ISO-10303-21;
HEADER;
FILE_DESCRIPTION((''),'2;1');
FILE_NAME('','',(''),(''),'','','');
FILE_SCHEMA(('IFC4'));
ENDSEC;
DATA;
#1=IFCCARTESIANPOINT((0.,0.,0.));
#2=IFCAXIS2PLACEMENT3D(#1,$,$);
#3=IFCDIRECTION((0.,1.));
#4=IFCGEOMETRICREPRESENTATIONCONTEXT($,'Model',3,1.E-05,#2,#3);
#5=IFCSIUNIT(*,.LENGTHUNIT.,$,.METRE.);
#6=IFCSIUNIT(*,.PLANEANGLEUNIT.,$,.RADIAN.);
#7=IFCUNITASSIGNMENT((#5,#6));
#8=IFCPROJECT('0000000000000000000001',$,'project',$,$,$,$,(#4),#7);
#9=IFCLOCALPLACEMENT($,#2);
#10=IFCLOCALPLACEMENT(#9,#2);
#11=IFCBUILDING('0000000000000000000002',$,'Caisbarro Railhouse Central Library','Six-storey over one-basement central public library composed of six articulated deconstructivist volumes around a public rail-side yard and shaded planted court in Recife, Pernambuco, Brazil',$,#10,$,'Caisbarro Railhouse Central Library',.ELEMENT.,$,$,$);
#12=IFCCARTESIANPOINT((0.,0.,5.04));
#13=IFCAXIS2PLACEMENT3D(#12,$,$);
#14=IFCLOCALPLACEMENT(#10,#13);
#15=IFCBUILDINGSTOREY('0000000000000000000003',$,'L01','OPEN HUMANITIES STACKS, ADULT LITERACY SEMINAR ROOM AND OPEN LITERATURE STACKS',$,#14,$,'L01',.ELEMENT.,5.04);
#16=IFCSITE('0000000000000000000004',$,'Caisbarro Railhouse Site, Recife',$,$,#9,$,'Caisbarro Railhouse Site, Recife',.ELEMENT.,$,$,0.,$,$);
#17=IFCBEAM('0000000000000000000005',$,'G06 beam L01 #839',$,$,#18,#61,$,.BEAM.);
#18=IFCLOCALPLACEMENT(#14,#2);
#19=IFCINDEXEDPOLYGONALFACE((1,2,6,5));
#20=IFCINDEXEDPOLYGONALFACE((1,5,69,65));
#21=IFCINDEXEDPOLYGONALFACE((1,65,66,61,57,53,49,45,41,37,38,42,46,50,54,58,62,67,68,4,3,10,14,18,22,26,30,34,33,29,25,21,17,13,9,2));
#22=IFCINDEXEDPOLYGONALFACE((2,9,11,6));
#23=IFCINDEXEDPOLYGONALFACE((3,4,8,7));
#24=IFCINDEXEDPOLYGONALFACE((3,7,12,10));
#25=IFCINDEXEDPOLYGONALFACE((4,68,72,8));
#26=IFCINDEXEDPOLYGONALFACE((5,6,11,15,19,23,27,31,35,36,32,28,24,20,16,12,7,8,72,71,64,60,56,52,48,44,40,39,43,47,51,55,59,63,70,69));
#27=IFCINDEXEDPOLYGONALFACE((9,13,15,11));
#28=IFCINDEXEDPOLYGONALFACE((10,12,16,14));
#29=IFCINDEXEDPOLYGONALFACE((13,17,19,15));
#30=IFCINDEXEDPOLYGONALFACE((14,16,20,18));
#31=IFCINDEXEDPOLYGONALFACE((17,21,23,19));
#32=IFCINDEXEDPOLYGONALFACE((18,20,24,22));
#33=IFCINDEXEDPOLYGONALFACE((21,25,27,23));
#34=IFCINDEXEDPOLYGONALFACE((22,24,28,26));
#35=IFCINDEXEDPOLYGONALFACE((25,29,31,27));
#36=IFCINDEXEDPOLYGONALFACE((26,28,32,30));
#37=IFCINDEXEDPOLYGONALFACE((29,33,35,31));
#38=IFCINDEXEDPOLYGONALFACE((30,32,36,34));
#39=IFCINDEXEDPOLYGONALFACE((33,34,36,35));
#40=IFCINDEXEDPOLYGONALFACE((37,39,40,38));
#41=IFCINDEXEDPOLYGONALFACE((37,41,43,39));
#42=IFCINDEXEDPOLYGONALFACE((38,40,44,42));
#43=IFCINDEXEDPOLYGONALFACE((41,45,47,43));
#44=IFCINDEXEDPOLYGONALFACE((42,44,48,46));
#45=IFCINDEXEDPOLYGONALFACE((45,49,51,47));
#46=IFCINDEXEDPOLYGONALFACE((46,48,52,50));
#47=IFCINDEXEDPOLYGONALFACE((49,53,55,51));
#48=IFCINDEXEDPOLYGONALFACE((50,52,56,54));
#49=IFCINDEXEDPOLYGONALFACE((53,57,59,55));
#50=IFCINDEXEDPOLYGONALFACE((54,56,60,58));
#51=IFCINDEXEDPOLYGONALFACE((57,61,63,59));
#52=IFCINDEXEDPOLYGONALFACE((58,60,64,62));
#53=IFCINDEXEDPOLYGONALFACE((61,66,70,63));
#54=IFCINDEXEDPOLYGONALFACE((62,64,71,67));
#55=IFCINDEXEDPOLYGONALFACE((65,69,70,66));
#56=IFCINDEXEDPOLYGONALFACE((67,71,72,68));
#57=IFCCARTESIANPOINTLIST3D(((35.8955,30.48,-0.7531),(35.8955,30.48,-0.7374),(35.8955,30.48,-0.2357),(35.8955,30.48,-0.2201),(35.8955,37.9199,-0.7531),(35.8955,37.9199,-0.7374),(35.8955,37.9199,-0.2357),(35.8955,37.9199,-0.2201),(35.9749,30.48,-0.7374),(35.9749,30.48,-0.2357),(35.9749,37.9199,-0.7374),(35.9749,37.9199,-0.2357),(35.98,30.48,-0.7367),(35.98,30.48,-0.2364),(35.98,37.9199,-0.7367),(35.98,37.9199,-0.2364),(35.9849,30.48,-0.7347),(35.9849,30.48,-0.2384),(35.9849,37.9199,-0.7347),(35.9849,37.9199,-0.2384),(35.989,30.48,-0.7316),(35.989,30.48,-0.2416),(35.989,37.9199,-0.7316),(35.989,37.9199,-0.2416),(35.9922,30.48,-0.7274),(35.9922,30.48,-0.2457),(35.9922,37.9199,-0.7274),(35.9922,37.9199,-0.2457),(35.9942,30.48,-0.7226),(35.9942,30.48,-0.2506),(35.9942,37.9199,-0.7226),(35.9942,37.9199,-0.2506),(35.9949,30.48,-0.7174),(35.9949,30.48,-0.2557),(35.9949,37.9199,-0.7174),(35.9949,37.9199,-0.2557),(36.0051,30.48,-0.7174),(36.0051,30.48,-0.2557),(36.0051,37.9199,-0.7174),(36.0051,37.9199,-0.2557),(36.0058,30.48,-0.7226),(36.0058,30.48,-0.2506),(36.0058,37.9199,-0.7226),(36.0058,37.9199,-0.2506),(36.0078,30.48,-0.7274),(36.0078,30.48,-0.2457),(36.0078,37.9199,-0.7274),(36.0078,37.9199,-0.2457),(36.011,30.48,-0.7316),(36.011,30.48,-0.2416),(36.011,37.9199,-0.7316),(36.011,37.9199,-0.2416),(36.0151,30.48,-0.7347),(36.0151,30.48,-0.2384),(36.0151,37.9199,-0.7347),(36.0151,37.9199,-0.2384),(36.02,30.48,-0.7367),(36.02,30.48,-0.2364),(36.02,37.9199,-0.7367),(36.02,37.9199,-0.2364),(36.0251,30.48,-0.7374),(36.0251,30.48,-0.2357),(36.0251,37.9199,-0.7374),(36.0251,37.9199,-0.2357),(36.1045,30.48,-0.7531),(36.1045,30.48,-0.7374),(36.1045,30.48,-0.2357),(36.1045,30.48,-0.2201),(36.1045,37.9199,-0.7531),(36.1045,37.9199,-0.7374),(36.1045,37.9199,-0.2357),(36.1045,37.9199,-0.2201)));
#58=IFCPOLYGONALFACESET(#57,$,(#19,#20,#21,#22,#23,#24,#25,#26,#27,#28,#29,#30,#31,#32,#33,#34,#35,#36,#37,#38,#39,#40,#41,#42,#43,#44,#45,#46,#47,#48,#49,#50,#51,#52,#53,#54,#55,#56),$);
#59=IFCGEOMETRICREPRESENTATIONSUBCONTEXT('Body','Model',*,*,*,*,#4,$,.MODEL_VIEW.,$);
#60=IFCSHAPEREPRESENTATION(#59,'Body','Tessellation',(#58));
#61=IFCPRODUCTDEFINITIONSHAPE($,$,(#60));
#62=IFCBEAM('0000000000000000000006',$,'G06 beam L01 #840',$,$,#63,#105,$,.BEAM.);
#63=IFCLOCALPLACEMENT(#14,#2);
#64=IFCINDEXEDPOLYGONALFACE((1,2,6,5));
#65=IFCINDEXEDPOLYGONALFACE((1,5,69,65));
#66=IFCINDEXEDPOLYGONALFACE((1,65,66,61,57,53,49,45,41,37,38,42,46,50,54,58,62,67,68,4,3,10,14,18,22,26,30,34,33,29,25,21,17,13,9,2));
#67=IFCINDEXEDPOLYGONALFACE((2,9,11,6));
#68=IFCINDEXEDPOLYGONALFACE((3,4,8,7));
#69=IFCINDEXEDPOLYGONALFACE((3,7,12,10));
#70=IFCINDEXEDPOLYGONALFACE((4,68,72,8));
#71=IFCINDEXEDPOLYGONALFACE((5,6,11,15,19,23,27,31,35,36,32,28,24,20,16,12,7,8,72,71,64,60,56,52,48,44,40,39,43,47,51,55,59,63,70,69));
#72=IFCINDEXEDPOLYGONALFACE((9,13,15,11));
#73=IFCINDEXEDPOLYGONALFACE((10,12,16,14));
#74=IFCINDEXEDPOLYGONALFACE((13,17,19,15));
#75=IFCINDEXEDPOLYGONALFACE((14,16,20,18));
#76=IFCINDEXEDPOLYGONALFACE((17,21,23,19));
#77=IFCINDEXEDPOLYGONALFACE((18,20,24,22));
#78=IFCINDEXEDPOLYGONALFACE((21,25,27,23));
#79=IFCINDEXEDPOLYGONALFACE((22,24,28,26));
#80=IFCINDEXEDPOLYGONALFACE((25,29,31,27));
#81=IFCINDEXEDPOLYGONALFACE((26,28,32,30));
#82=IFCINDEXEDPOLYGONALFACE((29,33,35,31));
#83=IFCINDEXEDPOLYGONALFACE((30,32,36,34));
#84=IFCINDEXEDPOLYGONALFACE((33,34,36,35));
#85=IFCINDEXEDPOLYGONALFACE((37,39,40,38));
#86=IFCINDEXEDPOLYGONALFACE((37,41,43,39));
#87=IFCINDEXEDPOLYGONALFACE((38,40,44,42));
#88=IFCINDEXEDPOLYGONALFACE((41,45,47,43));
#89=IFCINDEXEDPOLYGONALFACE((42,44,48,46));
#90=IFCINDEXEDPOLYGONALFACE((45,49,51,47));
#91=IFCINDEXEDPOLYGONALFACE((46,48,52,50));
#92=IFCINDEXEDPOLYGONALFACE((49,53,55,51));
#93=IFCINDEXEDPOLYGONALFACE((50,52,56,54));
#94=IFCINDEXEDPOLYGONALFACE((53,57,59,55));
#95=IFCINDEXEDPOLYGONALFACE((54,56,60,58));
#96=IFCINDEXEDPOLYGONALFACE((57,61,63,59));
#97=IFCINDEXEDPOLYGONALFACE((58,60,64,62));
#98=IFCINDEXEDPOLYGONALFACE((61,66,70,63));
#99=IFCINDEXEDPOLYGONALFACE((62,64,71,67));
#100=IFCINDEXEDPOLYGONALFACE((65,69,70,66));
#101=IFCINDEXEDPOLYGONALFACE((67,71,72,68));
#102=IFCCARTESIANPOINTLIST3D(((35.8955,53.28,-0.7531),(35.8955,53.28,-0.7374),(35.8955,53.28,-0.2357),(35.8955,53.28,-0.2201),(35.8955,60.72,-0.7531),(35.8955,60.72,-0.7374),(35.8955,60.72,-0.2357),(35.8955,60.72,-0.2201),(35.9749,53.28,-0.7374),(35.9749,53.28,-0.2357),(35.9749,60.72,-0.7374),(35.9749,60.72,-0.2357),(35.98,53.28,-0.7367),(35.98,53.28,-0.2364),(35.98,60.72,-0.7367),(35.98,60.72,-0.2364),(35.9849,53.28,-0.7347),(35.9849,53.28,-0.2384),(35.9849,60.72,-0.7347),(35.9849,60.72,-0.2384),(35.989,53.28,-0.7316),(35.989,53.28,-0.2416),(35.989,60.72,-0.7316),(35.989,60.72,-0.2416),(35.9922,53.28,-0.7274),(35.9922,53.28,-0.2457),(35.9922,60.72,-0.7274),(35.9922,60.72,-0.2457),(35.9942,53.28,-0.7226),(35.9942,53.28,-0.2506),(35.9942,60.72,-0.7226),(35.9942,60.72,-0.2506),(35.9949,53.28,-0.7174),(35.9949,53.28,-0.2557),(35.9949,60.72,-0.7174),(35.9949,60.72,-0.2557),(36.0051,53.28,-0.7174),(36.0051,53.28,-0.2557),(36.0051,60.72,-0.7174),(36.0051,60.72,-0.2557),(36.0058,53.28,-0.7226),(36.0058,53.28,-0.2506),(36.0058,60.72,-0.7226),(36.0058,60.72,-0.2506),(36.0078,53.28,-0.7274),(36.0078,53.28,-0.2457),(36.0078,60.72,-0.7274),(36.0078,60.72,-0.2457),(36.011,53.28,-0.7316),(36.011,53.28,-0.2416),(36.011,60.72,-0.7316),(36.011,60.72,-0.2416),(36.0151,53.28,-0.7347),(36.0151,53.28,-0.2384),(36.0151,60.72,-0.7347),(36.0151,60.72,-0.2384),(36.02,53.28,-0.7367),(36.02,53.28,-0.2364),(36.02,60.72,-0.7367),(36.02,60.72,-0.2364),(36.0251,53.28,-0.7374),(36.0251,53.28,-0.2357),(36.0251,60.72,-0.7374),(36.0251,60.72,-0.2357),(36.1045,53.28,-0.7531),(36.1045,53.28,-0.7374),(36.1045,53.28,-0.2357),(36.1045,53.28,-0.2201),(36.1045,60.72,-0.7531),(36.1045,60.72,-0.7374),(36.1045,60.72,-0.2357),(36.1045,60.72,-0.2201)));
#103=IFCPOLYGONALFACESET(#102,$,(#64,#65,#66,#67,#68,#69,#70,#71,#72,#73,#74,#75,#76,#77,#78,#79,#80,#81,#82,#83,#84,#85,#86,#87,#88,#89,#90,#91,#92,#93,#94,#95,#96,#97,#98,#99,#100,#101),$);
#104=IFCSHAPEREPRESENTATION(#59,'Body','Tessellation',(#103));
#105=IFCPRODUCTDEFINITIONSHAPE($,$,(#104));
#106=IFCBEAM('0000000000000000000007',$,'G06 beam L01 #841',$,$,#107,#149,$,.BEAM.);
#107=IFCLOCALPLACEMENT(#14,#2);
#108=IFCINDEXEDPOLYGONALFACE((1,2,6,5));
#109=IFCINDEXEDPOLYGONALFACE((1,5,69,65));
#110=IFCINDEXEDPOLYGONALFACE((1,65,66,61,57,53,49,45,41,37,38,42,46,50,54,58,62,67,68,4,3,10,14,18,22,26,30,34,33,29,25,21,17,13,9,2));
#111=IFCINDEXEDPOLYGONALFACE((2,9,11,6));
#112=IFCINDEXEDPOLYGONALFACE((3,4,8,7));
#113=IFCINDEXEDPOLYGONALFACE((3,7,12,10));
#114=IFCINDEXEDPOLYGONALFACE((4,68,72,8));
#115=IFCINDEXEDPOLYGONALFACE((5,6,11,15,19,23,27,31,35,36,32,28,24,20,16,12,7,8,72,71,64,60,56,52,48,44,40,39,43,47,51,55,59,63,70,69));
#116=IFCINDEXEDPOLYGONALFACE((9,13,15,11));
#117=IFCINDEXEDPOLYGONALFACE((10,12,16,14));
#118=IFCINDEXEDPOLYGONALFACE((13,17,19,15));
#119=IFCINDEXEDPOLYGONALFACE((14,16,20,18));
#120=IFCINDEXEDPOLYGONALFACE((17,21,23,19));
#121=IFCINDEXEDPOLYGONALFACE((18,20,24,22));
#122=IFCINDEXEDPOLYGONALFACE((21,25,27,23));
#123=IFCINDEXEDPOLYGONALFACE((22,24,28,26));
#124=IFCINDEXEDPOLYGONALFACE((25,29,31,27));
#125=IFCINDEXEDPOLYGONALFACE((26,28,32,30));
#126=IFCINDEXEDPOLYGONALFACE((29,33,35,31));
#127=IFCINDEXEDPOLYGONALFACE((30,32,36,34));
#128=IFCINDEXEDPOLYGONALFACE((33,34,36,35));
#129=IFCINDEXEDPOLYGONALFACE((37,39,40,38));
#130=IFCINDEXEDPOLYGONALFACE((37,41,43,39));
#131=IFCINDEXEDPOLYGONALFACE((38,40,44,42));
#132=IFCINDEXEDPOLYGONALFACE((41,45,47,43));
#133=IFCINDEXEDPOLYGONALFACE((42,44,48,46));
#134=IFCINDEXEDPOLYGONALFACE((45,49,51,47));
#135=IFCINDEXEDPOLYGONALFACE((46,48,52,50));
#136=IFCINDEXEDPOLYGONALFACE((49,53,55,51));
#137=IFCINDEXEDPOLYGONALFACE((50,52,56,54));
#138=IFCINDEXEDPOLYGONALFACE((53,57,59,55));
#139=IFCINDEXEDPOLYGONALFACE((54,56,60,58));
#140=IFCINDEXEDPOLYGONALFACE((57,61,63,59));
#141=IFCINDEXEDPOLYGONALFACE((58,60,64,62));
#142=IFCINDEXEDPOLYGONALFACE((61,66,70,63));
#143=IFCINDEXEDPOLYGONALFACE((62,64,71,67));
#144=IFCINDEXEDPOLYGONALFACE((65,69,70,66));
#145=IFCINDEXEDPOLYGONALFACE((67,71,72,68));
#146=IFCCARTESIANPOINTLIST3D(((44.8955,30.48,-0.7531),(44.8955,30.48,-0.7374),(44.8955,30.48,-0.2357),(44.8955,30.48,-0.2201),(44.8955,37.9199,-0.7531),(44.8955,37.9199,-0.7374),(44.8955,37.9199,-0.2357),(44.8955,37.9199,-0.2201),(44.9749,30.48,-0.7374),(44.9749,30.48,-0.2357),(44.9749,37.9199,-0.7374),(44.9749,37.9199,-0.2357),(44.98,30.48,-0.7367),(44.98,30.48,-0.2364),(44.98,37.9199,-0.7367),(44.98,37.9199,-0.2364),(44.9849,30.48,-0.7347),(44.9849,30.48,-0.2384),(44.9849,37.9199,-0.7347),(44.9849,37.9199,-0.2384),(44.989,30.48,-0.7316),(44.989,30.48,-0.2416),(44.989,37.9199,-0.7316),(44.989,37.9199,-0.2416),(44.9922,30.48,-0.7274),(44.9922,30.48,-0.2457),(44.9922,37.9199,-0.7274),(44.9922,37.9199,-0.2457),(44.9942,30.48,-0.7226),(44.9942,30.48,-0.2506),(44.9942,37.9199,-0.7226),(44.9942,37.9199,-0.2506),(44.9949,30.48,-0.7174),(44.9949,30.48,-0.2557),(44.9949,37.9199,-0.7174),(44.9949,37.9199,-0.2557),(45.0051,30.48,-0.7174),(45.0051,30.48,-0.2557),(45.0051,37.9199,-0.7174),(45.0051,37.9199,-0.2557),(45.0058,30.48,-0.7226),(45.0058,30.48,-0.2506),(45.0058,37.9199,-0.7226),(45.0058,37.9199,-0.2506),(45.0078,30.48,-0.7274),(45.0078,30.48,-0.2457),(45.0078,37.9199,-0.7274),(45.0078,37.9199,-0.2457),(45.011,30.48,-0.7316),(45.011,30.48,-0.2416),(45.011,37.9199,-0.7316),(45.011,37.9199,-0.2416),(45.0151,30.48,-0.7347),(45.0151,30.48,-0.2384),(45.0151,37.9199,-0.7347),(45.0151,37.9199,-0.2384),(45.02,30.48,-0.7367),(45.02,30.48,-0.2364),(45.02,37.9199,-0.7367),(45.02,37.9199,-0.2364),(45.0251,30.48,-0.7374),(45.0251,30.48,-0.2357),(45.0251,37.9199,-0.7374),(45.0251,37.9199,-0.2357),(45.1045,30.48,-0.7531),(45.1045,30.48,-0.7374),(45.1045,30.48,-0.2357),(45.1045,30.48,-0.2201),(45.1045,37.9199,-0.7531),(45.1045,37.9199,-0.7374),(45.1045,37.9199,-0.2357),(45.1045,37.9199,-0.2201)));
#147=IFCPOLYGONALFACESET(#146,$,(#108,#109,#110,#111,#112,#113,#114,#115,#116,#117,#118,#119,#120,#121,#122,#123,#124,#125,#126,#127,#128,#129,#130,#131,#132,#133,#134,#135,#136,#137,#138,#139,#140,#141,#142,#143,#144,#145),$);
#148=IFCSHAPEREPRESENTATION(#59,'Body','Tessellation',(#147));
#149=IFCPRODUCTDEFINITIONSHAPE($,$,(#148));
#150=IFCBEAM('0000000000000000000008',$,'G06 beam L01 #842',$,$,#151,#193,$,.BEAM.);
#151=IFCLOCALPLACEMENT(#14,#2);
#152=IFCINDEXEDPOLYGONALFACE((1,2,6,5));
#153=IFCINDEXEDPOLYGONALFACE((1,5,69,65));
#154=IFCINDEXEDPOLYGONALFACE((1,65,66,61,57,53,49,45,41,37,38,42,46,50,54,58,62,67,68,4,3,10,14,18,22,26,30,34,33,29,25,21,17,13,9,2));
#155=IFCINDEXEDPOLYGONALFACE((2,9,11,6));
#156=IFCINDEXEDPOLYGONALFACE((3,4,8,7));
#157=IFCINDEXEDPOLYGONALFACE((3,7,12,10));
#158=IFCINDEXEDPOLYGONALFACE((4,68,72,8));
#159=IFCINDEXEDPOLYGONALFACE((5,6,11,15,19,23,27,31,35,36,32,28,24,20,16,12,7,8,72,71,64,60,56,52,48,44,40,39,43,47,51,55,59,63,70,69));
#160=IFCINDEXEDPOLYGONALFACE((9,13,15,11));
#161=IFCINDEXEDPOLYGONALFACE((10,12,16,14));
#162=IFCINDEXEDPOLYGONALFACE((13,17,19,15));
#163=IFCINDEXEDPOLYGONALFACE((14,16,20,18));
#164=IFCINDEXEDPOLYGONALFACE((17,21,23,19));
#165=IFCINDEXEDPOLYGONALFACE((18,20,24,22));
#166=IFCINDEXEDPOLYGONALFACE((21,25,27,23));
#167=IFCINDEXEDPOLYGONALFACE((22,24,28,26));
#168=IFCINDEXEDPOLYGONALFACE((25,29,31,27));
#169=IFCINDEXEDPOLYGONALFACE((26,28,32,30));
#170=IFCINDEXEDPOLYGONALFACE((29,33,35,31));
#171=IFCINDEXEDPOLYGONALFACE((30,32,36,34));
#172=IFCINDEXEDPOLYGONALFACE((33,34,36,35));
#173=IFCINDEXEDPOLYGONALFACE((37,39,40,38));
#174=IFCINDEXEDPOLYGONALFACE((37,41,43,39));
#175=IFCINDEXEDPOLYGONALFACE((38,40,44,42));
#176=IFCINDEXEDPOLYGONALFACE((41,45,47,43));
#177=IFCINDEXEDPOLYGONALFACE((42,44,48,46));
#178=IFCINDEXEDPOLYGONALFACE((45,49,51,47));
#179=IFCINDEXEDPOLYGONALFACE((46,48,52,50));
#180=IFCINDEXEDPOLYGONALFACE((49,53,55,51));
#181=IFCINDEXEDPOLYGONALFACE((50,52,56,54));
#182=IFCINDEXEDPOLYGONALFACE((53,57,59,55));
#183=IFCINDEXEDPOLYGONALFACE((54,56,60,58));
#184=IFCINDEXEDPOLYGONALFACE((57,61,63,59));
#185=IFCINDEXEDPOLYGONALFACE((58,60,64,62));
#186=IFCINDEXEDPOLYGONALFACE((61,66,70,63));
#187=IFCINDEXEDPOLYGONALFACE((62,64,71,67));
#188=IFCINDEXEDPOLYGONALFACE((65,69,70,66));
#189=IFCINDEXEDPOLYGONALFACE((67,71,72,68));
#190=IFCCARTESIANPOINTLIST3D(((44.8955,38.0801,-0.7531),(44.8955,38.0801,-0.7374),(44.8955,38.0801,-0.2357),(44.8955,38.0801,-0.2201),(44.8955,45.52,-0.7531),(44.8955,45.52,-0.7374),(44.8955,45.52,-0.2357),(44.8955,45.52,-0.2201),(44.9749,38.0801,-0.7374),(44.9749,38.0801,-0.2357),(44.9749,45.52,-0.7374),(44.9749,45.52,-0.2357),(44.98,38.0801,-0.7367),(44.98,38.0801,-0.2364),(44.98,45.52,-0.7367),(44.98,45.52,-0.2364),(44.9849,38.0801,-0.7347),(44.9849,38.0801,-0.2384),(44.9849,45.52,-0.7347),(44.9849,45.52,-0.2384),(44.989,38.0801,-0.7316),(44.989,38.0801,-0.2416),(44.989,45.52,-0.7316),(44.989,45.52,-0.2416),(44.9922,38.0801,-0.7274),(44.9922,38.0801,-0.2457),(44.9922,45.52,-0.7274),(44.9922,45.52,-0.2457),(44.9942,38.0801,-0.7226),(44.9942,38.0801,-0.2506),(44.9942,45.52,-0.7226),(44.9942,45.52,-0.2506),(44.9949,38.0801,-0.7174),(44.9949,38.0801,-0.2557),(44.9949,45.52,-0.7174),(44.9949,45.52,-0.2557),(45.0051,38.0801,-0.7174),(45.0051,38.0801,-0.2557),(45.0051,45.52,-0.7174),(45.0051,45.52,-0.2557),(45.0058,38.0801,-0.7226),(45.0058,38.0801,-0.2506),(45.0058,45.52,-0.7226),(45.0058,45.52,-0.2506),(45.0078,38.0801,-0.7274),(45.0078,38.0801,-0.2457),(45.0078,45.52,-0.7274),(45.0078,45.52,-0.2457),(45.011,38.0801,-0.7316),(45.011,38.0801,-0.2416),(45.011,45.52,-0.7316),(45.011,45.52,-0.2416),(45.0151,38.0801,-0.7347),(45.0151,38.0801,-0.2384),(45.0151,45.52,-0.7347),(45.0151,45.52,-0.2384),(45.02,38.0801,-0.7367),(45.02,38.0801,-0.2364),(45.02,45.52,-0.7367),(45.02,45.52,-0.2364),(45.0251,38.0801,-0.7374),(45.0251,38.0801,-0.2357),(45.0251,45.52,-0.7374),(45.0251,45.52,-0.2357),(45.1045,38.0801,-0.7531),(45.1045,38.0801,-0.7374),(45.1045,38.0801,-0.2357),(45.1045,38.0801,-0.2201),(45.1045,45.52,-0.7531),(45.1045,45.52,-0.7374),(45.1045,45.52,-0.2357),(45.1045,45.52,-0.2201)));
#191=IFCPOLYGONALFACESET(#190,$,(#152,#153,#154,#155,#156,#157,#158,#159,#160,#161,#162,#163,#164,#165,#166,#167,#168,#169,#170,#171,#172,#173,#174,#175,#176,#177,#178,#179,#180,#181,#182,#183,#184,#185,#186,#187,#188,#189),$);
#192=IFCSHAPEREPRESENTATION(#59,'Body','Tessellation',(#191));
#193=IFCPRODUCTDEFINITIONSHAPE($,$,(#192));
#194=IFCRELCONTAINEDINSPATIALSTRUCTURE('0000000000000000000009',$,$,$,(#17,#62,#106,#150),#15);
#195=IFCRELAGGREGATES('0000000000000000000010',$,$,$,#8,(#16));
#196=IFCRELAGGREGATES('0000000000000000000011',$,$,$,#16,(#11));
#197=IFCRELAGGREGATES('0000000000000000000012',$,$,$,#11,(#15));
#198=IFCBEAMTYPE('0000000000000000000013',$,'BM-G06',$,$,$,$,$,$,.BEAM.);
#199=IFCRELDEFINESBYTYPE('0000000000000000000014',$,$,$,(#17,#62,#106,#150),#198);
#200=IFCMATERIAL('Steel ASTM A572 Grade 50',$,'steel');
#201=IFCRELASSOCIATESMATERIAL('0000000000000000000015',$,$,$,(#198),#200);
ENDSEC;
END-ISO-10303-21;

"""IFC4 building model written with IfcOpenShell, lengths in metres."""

from ifc_helpers import new_model, si_unit, direction, frame, origin, origin_2d, place, context, subcontext, project, spatial, i_section, extrude, material, material_profile, profile_set, type_object, element, save


model = new_model("IFC4")

# Units and contexts
model_context = context("Model", 3, precision=1e-05, world=origin(), true_north=direction((0.0, 1.0)))
body_context = subcontext(model_context, "Body", "Model", "MODEL_VIEW")
ifc_project = project(units=[si_unit("LENGTHUNIT", "METRE"), si_unit("PLANEANGLEUNIT", "RADIAN")], contexts=[model_context])

# Site, building, storey
site_placement = place(None, origin())
site = spatial("IfcSite", under=ifc_project, at=site_placement, Name="Caisbarro Railhouse Site, Recife", LongName="Caisbarro Railhouse Site, Recife", CompositionType="ELEMENT", RefElevation=0.0)
building_placement = place(site_placement, origin())
building = spatial("IfcBuilding", under=site, at=building_placement, Name="Caisbarro Railhouse Central Library", Description="Six-storey over one-basement central public library composed of six articulated deconstructivist volumes around a public rail-side yard and shaded planted court in Recife, Pernambuco, Brazil", LongName="Caisbarro Railhouse Central Library", CompositionType="ELEMENT")
storey_placement = place(building_placement, frame((0.0, 0.0, 5.04)))
storey = spatial("IfcBuildingStorey", under=building, at=storey_placement, Name="L01", Description="OPEN HUMANITIES STACKS, ADULT LITERACY SEMINAR ROOM AND OPEN LITERATURE STACKS", LongName="L01", CompositionType="ELEMENT", Elevation=5.04)

# Shared definitions
ifc_material = material(Name="Steel ASTM A572 Grade 50", Category="steel")

# Beams
ifc_material_profile_1 = material_profile(ifc_material, i_section(OverallWidth=0.209, OverallDepth=0.533, WebThickness=0.0103, FlangeThickness=0.0156, FilletRadius=0.02, at=origin_2d()), Name="W530X92.0")
ifc_profile_set_1 = profile_set([ifc_material_profile_1], Name="Steel ASTM A572 Grade 50")
beam_type_1 = type_object("IfcBeamType", Name="BM-G06", PredefinedType="BEAM", material=ifc_profile_set_1)
for number, where, z_axis, x_axis, name in (
    (1, (36.0, 30.48, -0.4866), (0.0, 1.0, 0.0), (-1.0, 0.0, 0.0), "G06 beam L01 #839"),
    (2, (36.0, 53.28, -0.4866), (0.0, 1.0, 0.0), (-1.0, 0.0, 0.0), "G06 beam L01 #840"),
    (3, (45.0, 30.48, -0.4866), (0.0, 1.0, 0.0), (-1.0, 0.0, 0.0), "G06 beam L01 #841"),
    (4, (45.0, 38.0801, -0.4866), (0.0, 1.0, 0.0), (-1.0, 0.0, 0.0), "G06 beam L01 #842"),
):
    element("IfcBeam", number, at=place(storey_placement, frame(where, z_axis=z_axis, x_axis=x_axis)), inside=storey, type_object=beam_type_1, Name=name, PredefinedType="BEAM", context=body_context, shape_type="SweptSolid", body=[
        extrude(i_section(OverallWidth=0.209, OverallDepth=0.533, WebThickness=0.0103, FlangeThickness=0.0156, FilletRadius=0.02, at=origin_2d()), origin(), (0.0, 0.0, 1.0), 7.4399),
    ])

save(model, "model.ifc")
